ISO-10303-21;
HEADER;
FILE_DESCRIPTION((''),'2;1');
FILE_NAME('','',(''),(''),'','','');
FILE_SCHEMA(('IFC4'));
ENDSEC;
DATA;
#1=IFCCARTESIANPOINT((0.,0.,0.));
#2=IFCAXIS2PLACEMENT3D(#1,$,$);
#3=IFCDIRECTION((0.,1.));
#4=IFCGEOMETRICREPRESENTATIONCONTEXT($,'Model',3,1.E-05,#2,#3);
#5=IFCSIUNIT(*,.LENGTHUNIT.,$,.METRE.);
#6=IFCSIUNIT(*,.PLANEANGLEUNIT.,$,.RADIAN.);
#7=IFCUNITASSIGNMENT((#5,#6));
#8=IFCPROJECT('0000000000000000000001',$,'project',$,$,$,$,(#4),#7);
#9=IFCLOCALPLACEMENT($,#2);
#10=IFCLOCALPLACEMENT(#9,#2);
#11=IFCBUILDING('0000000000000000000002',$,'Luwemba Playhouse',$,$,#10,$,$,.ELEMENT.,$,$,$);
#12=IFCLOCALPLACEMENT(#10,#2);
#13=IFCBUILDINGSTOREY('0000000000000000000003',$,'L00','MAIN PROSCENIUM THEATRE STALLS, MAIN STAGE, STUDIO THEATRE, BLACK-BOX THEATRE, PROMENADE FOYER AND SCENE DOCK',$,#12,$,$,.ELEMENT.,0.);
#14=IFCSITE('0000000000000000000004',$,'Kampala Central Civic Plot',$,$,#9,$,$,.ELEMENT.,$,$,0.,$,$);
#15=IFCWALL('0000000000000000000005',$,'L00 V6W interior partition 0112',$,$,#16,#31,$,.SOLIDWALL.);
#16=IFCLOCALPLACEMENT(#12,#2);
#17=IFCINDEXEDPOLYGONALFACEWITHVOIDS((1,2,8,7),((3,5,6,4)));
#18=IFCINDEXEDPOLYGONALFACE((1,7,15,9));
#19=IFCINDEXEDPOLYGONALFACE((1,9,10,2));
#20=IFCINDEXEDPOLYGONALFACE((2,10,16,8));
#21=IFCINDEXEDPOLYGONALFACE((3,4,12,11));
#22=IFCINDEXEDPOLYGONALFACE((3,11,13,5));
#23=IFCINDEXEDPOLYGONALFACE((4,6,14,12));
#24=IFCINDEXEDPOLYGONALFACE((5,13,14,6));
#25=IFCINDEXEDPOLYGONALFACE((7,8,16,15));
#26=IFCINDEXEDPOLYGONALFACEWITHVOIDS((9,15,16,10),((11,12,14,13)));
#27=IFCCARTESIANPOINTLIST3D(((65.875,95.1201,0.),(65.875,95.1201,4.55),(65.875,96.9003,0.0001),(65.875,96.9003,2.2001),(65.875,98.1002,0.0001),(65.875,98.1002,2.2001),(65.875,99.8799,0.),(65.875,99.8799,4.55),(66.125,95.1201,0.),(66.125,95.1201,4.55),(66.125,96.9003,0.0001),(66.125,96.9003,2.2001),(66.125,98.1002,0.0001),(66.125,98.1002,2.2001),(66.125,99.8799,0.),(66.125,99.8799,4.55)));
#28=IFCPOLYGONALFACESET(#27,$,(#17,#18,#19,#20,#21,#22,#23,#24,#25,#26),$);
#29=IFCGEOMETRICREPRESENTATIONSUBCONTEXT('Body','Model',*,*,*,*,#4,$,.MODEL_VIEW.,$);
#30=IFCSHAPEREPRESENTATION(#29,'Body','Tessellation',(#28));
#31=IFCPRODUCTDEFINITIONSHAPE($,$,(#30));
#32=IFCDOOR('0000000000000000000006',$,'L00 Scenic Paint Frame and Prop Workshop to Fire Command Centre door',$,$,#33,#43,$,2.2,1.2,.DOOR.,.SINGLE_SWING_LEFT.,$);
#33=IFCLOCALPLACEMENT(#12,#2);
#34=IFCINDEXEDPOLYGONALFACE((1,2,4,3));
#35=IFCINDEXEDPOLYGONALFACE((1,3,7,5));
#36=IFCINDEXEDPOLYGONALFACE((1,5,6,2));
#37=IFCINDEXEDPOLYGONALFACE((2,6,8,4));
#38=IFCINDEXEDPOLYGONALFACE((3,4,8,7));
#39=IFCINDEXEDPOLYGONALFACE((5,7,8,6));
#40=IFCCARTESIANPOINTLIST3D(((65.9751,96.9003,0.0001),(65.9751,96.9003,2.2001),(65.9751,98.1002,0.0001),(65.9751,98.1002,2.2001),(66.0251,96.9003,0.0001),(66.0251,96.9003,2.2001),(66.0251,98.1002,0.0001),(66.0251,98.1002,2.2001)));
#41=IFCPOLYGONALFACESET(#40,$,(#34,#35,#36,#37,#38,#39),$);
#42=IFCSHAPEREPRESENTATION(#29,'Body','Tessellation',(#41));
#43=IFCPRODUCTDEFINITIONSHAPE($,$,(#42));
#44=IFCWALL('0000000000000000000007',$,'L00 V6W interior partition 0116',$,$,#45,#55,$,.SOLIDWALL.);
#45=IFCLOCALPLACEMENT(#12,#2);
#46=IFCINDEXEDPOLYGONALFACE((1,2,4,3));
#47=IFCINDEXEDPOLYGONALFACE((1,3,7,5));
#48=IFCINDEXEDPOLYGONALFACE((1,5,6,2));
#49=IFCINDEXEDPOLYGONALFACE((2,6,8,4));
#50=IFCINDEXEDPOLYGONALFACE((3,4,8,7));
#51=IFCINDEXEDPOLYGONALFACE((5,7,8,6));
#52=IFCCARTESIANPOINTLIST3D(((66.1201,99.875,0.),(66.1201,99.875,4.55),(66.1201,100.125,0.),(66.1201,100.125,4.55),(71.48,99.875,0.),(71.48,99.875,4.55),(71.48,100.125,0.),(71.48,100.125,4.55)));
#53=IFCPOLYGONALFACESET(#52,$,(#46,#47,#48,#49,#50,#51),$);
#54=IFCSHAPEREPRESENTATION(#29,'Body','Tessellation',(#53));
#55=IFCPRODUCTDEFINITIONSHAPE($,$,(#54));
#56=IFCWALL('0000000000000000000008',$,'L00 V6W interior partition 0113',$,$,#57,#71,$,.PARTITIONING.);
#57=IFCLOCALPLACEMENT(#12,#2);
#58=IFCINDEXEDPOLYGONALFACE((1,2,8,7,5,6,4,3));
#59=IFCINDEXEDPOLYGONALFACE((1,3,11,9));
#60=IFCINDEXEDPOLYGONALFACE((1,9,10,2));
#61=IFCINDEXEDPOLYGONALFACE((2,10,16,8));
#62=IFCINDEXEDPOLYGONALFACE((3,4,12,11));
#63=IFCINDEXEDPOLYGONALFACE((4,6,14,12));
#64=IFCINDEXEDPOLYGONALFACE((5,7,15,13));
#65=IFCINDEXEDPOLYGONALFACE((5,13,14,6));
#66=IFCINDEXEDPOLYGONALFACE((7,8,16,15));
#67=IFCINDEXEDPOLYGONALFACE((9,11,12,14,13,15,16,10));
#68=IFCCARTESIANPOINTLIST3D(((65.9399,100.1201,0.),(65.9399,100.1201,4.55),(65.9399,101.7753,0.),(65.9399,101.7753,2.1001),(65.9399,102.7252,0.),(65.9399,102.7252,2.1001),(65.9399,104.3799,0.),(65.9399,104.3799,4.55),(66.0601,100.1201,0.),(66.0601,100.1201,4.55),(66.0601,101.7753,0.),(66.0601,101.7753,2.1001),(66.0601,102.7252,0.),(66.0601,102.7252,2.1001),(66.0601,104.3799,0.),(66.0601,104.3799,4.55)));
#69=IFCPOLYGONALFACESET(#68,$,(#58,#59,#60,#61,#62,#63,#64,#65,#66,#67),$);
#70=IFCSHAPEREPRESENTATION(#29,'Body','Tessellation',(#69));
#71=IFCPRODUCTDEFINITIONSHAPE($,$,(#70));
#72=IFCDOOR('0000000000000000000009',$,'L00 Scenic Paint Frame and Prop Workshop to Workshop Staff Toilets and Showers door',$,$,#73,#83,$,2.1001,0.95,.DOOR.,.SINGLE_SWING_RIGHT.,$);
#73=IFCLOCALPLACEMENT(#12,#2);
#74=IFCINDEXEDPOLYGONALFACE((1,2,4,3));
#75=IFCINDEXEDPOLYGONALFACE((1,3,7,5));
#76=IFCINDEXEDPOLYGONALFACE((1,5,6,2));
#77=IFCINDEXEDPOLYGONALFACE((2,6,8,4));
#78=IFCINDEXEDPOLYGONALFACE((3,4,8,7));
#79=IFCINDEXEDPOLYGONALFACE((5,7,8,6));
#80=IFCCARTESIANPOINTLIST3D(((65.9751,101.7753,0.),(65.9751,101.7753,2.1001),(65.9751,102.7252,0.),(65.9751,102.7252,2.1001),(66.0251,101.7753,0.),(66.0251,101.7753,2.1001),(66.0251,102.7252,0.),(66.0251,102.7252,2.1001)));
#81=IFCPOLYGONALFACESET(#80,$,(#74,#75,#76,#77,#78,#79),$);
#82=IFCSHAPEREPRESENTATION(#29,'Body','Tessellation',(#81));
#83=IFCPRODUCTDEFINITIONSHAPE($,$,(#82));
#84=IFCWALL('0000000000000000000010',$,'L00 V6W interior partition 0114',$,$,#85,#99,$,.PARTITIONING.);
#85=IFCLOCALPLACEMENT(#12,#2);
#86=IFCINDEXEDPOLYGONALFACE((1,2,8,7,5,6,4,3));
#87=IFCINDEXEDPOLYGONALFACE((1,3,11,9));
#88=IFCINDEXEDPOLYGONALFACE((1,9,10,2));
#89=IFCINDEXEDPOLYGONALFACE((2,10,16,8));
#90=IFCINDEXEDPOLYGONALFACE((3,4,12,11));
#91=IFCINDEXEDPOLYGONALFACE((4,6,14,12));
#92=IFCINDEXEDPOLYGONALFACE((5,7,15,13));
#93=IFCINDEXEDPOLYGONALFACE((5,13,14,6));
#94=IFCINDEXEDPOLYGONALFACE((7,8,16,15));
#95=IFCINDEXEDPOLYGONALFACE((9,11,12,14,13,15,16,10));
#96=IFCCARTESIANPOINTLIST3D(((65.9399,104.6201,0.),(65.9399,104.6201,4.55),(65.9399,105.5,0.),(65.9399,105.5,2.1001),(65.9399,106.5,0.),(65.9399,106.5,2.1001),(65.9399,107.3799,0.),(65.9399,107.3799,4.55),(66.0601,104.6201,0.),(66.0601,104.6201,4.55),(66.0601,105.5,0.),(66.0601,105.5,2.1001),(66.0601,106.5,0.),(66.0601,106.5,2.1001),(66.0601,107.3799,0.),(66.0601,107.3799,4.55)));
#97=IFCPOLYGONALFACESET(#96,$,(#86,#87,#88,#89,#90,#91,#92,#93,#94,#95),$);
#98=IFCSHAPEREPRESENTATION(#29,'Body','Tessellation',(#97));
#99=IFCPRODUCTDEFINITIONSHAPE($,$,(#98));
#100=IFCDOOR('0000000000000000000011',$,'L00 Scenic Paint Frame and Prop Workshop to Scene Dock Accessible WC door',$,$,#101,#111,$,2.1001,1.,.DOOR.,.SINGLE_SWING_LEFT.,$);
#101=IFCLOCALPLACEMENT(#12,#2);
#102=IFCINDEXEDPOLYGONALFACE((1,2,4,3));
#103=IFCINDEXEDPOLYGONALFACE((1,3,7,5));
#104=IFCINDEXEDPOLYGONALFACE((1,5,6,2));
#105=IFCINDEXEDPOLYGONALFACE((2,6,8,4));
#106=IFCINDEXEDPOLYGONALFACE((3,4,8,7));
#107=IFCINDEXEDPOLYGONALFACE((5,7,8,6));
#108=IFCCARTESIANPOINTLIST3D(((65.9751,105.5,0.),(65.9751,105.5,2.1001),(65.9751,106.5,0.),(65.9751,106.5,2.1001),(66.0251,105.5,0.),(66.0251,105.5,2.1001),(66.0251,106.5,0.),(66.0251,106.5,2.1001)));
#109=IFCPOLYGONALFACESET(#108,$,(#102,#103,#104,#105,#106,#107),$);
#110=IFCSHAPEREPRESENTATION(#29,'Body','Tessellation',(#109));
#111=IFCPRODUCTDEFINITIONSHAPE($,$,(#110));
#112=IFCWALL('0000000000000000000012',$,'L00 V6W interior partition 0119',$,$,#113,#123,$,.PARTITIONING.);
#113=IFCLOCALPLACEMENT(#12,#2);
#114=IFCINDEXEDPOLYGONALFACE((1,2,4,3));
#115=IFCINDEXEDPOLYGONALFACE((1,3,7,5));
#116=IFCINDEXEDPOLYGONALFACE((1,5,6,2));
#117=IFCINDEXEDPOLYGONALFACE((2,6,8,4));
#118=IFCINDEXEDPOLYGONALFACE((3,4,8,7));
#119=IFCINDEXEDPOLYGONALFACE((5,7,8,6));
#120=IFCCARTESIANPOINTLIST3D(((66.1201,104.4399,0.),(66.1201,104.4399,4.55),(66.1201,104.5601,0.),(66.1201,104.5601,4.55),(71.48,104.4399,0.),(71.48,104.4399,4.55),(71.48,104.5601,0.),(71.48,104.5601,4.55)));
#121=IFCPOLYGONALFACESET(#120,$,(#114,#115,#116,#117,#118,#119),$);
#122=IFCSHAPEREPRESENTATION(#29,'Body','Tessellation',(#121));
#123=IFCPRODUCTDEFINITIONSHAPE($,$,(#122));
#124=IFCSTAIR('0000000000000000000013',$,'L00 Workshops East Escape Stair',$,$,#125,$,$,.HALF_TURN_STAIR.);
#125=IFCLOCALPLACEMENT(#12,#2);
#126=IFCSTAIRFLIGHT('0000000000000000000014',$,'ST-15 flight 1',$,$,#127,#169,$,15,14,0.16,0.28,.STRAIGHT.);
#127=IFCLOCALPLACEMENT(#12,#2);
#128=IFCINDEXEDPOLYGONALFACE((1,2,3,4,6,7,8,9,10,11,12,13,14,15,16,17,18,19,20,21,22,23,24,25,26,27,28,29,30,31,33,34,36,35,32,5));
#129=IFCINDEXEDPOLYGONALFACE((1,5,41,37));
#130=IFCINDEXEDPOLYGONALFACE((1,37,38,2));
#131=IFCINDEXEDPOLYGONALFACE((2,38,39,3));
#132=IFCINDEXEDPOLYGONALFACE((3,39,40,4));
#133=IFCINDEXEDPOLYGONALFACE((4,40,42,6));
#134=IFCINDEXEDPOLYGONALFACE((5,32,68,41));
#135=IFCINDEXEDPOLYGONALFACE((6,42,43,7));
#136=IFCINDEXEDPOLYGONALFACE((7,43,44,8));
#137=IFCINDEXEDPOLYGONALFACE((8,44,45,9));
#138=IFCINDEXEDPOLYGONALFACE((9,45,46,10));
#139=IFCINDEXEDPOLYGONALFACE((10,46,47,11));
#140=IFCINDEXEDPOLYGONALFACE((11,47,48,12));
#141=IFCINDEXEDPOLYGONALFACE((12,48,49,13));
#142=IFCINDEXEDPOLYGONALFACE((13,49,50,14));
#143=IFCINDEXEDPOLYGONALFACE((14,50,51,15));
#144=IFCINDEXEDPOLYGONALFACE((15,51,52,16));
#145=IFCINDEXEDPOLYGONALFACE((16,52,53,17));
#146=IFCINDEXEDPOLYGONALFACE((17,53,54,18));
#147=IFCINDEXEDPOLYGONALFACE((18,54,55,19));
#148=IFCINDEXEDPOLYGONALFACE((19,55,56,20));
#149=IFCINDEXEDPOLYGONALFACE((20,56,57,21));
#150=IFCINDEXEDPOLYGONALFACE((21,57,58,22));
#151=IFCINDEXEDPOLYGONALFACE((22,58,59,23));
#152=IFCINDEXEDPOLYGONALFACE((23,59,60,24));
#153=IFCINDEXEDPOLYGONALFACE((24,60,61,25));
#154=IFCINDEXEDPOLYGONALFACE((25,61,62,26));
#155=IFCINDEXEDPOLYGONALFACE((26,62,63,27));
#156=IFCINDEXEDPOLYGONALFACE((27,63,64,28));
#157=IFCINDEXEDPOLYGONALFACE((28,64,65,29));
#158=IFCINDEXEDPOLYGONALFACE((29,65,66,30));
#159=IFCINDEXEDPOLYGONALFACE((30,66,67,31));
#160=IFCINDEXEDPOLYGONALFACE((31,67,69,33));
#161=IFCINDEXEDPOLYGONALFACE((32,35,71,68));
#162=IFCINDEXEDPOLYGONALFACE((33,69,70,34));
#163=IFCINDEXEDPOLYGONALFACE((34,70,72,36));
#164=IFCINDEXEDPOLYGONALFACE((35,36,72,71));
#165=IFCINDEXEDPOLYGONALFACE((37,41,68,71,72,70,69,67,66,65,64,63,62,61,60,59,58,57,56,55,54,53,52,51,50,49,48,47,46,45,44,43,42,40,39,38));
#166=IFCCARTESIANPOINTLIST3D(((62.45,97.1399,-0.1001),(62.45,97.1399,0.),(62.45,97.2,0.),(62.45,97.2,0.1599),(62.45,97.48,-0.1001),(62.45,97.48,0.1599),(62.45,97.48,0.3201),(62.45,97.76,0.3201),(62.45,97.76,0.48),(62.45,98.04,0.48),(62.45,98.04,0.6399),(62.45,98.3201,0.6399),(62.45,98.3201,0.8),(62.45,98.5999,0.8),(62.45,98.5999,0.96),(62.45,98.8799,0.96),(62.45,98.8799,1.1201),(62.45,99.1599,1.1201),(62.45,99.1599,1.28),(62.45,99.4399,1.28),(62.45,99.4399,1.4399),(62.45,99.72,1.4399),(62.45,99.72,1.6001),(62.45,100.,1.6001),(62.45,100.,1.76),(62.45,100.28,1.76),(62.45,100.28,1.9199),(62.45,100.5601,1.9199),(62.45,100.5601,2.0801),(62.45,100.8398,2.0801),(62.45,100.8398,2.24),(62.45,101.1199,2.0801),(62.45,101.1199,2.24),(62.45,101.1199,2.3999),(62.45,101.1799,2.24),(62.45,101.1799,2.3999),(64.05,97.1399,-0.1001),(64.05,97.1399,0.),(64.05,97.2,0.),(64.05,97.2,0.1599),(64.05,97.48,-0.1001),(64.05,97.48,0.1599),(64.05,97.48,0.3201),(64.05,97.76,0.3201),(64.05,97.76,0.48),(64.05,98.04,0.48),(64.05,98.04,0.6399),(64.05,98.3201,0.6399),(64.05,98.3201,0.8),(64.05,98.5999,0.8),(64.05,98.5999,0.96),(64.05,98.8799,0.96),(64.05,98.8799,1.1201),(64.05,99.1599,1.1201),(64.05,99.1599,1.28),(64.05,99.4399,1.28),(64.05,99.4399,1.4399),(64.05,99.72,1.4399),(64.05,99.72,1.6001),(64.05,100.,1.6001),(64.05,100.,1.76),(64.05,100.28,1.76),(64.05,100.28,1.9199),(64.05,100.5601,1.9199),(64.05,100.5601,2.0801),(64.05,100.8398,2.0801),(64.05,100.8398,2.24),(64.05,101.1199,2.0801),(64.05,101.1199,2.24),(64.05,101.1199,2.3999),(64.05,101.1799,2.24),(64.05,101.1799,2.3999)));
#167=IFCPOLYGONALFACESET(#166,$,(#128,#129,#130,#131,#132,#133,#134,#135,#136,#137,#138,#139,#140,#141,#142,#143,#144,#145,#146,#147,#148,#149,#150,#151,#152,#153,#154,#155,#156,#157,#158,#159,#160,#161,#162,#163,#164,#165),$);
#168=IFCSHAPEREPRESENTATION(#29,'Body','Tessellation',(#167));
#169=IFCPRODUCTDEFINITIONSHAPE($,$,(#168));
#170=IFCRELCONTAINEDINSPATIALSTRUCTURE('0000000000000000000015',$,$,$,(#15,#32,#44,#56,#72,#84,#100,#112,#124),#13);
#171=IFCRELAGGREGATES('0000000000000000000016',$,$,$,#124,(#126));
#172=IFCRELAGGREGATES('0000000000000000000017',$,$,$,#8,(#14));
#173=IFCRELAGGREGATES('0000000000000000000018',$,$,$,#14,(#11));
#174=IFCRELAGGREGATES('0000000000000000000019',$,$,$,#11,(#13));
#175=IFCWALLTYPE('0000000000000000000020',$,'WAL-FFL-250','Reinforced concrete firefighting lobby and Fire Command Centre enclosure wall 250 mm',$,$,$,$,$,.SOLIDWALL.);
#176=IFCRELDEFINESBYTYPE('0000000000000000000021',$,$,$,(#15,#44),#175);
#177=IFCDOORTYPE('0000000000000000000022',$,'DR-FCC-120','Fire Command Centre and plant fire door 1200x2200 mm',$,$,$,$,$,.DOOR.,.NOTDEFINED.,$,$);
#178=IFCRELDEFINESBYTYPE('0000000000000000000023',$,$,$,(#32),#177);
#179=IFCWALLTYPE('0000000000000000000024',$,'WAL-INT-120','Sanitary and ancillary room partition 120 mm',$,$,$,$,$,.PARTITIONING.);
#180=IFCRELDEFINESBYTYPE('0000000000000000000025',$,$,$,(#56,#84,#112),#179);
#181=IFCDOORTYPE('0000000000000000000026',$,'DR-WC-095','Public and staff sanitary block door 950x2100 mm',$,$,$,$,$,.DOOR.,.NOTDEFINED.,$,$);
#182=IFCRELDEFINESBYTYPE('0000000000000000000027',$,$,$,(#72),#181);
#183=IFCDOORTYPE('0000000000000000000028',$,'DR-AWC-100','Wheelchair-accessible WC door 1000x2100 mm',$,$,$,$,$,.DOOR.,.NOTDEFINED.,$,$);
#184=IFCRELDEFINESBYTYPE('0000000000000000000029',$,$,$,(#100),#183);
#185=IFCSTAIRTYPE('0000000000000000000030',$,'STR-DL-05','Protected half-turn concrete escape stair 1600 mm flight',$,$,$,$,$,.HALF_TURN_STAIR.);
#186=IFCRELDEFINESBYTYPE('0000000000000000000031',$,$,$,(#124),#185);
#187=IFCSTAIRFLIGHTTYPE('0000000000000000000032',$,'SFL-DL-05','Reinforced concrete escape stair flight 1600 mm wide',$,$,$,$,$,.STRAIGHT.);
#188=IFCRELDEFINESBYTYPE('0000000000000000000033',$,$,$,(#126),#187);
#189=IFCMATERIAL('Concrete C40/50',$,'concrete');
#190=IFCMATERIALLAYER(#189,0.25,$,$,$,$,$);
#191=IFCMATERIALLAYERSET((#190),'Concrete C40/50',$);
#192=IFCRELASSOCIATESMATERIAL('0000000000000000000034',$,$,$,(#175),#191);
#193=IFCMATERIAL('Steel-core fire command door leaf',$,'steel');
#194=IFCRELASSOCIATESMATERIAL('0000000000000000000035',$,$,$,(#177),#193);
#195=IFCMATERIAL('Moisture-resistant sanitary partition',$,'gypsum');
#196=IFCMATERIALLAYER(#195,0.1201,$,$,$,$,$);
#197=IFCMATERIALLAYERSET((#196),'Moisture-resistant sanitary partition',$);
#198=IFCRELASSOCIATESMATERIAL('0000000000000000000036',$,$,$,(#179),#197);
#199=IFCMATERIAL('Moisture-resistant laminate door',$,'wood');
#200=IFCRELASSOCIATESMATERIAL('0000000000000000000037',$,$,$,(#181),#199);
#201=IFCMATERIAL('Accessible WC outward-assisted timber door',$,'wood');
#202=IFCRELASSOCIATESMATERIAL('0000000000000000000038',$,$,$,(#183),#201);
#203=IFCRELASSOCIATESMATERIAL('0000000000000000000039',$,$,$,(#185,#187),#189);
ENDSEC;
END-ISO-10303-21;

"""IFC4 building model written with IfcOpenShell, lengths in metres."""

from ifc_helpers import new_model, si_unit, direction, frame, frame_2d, origin, place, context, subcontext, project, spatial, polyline, rectangle, outline, extrude, material, layer, layer_set, type_object, element, fill, aggregate, save


model = new_model("IFC4")

# Units and contexts
model_context = context("Model", 3, precision=1e-05, world=origin(), true_north=direction((0.0, 1.0)))
body_context = subcontext(model_context, "Body", "Model", "MODEL_VIEW")
ifc_project = project(units=[si_unit("LENGTHUNIT", "METRE"), si_unit("PLANEANGLEUNIT", "RADIAN")], contexts=[model_context])

# Site, building, storey
site_placement = place(None, origin())
site = spatial("IfcSite", under=ifc_project, at=site_placement, Name="Kampala Central Civic Plot", CompositionType="ELEMENT", RefElevation=0.0)
building_placement = place(site_placement, origin())
building = spatial("IfcBuilding", under=site, at=building_placement, Name="Luwemba Playhouse", CompositionType="ELEMENT")
storey_placement = place(building_placement, origin())
storey = spatial("IfcBuildingStorey", under=building, at=storey_placement, Name="L00", Description="MAIN PROSCENIUM THEATRE STALLS, MAIN STAGE, STUDIO THEATRE, BLACK-BOX THEATRE, PROMENADE FOYER AND SCENE DOCK", CompositionType="ELEMENT", Elevation=0.0)

# Shared definitions
ifc_material_1 = material(Name="Concrete C40/50", Category="concrete")

# Wall, opening, door
ifc_layer_1 = layer(ifc_material_1, 0.25)
ifc_layer_set_1 = layer_set([ifc_layer_1], Name="Concrete C40/50")
wall_type_1 = type_object("IfcWallType", Name="WAL-FFL-250", Description="Reinforced concrete firefighting lobby and Fire Command Centre enclosure wall 250 mm", PredefinedType="SOLIDWALL", material=ifc_layer_set_1)
wall_1_placement = place(storey_placement, frame((66.0, 95.1201, 0.0), z_axis=(0.0, 0.0, 1.0), x_axis=(0.0, 1.0, 0.0)))
wall_1 = element("IfcWall", 1, at=wall_1_placement, inside=storey, type_object=wall_type_1, Name="L00 V6W interior partition 0112", PredefinedType="SOLIDWALL", context=body_context, shape_type="SweptSolid", body=[
    extrude(rectangle(XDim=4.7598, YDim=0.25, at=frame_2d((2.3799, 0.0))), origin(), (0.0, 0.0, 1.0), 4.55),
])
opening_1_placement = place(wall_1_placement, frame((1.78, 0.0, 0.0)))
opening_1 = element("IfcOpeningElement", 2, at=opening_1_placement, cuts=wall_1, PredefinedType="OPENING", context=body_context, shape_type="SweptSolid", body=[
    extrude(rectangle(XDim=1.2, YDim=2.2, at=frame_2d((0.6001, 1.1001))), frame((0.0, 0.135, 0.0), z_axis=(0.0, -1.0, 0.0), x_axis=(1.0, 0.0, 0.0)), (0.0, 0.0, 1.0), 0.27),
])
ifc_material_2 = material(Name="Steel-core fire command door leaf", Category="steel")
door_type_1 = type_object("IfcDoorType", Name="DR-FCC-120", Description="Fire Command Centre and plant fire door 1200x2200 mm", OperationType="NOTDEFINED", PredefinedType="DOOR", material=ifc_material_2)
door_1_placement = place(opening_1_placement, origin())
door_1 = element("IfcDoor", 3, at=door_1_placement, inside=storey, type_object=door_type_1, Name="L00 Scenic Paint Frame and Prop Workshop to Fire Command Centre door", OperationType="SINGLE_SWING_LEFT", OverallHeight=2.2, OverallWidth=1.2, PredefinedType="DOOR", context=body_context, shape_type="SweptSolid", body=[
    extrude(rectangle(XDim=1.2, YDim=2.2, at=frame_2d((0.6001, 1.1001))), frame((0.0, 0.0249, 0.0), z_axis=(0.0, -1.0, 0.0), x_axis=(1.0, 0.0, 0.0)), (0.0, 0.0, 1.0), 0.05),
])
fill(opening_1, door_1)

# Wall
wall_2_placement = place(storey_placement, frame((66.1201, 100.0, 0.0), z_axis=(0.0, 0.0, 1.0), x_axis=(1.0, 0.0, 0.0)))
element("IfcWall", 4, at=wall_2_placement, inside=storey, type_object=wall_type_1, Name="L00 V6W interior partition 0116", PredefinedType="SOLIDWALL", context=body_context, shape_type="SweptSolid", body=[
    extrude(rectangle(XDim=5.3599, YDim=0.25, at=frame_2d((2.6799, 0.0))), origin(), (0.0, 0.0, 1.0), 4.55),
])

# Walls, openings, doors
ifc_material_3 = material(Name="Moisture-resistant sanitary partition", Category="gypsum")
ifc_layer_2 = layer(ifc_material_3, 0.1201)
ifc_layer_set_2 = layer_set([ifc_layer_2], Name="Moisture-resistant sanitary partition")
wall_type_2 = type_object("IfcWallType", Name="WAL-INT-120", Description="Sanitary and ancillary room partition 120 mm", PredefinedType="PARTITIONING", material=ifc_layer_set_2)
wall_3_placement = place(storey_placement, frame((66.0, 100.1201, 0.0), z_axis=(0.0, 0.0, 1.0), x_axis=(0.0, 1.0, 0.0)))
wall_3 = element("IfcWall", 5, at=wall_3_placement, inside=storey, type_object=wall_type_2, Name="L00 V6W interior partition 0113", PredefinedType="PARTITIONING", context=body_context, shape_type="SweptSolid", body=[
    extrude(rectangle(XDim=4.2598, YDim=0.1201, at=frame_2d((2.1299, 0.0))), origin(), (0.0, 0.0, 1.0), 4.55),
])
opening_2_placement = place(wall_3_placement, frame((1.655, 0.0, 0.0)))
opening_2 = element("IfcOpeningElement", 6, at=opening_2_placement, cuts=wall_3, PredefinedType="OPENING", context=body_context, shape_type="SweptSolid", body=[
    extrude(rectangle(XDim=0.95, YDim=2.1001, at=frame_2d((0.4751, 1.05))), frame((0.0, 0.0701, 0.0), z_axis=(0.0, -1.0, 0.0), x_axis=(1.0, 0.0, 0.0)), (0.0, 0.0, 1.0), 0.1401),
])
ifc_material_4 = material(Name="Moisture-resistant laminate door", Category="wood")
door_type_2 = type_object("IfcDoorType", Name="DR-WC-095", Description="Public and staff sanitary block door 950x2100 mm", OperationType="NOTDEFINED", PredefinedType="DOOR", material=ifc_material_4)
door_2_placement = place(opening_2_placement, origin())
door_2 = element("IfcDoor", 7, at=door_2_placement, inside=storey, type_object=door_type_2, Name="L00 Scenic Paint Frame and Prop Workshop to Workshop Staff Toilets and Showers door", OperationType="SINGLE_SWING_RIGHT", OverallHeight=2.1001, OverallWidth=0.95, PredefinedType="DOOR", context=body_context, shape_type="SweptSolid", body=[
    extrude(rectangle(XDim=0.95, YDim=2.1001, at=frame_2d((0.4751, 1.05))), frame((0.0, 0.0249, 0.0), z_axis=(0.0, -1.0, 0.0), x_axis=(1.0, 0.0, 0.0)), (0.0, 0.0, 1.0), 0.05),
])
fill(opening_2, door_2)
wall_4_placement = place(storey_placement, frame((66.0, 104.6201, 0.0), z_axis=(0.0, 0.0, 1.0), x_axis=(0.0, 1.0, 0.0)))
wall_4 = element("IfcWall", 8, at=wall_4_placement, inside=storey, type_object=wall_type_2, Name="L00 V6W interior partition 0114", PredefinedType="PARTITIONING", context=body_context, shape_type="SweptSolid", body=[
    extrude(rectangle(XDim=2.7598, YDim=0.1201, at=frame_2d((1.3799, 0.0))), origin(), (0.0, 0.0, 1.0), 4.55),
])
opening_3_placement = place(wall_4_placement, frame((0.8799, 0.0, 0.0)))
opening_3 = element("IfcOpeningElement", 9, at=opening_3_placement, cuts=wall_4, PredefinedType="OPENING", context=body_context, shape_type="SweptSolid", body=[
    extrude(rectangle(XDim=1.0, YDim=2.1001, at=frame_2d((0.5, 1.05))), frame((0.0, 0.0701, 0.0), z_axis=(0.0, -1.0, 0.0), x_axis=(1.0, 0.0, 0.0)), (0.0, 0.0, 1.0), 0.1401),
])
ifc_material_5 = material(Name="Accessible WC outward-assisted timber door", Category="wood")
door_type_3 = type_object("IfcDoorType", Name="DR-AWC-100", Description="Wheelchair-accessible WC door 1000x2100 mm", OperationType="NOTDEFINED", PredefinedType="DOOR", material=ifc_material_5)
door_3_placement = place(opening_3_placement, origin())
door_3 = element("IfcDoor", 10, at=door_3_placement, inside=storey, type_object=door_type_3, Name="L00 Scenic Paint Frame and Prop Workshop to Scene Dock Accessible WC door", OperationType="SINGLE_SWING_LEFT", OverallHeight=2.1001, OverallWidth=1.0, PredefinedType="DOOR", context=body_context, shape_type="SweptSolid", body=[
    extrude(rectangle(XDim=1.0, YDim=2.1001, at=frame_2d((0.5, 1.05))), frame((0.0, 0.0249, 0.0), z_axis=(0.0, -1.0, 0.0), x_axis=(1.0, 0.0, 0.0)), (0.0, 0.0, 1.0), 0.05),
])
fill(opening_3, door_3)

# Wall
wall_5_placement = place(storey_placement, frame((66.1201, 104.5, 0.0), z_axis=(0.0, 0.0, 1.0), x_axis=(1.0, 0.0, 0.0)))
element("IfcWall", 11, at=wall_5_placement, inside=storey, type_object=wall_type_2, Name="L00 V6W interior partition 0119", PredefinedType="PARTITIONING", context=body_context, shape_type="SweptSolid", body=[
    extrude(rectangle(XDim=5.3599, YDim=0.1201, at=frame_2d((2.6799, 0.0))), origin(), (0.0, 0.0, 1.0), 4.55),
])

# Stair, stair flight
stair_type = type_object("IfcStairType", Name="STR-DL-05", Description="Protected half-turn concrete escape stair 1600 mm flight", PredefinedType="HALF_TURN_STAIR", material=ifc_material_1)
stair_placement = place(storey_placement, origin())
stair = element("IfcStair", 12, at=stair_placement, inside=storey, type_object=stair_type, Name="L00 Workshops East Escape Stair", PredefinedType="HALF_TURN_STAIR")
stair_flight_type = type_object("IfcStairFlightType", Name="SFL-DL-05", Description="Reinforced concrete escape stair flight 1600 mm wide", PredefinedType="STRAIGHT", material=ifc_material_1)
stair_flight_1_placement = place(storey_placement, frame((63.25, 97.2, 0.0), z_axis=(0.0, 0.0, 1.0), x_axis=(0.0, 1.0, 0.0)))
stair_flight_1 = element("IfcStairFlight", 13, at=stair_flight_1_placement, type_object=stair_flight_type, Name="ST-15 flight 1", NumberOfRisers=15, NumberOfTreads=14, PredefinedType="STRAIGHT", RiserHeight=0.16, TreadLength=0.28, context=body_context, shape_type="SweptSolid", body=[
    extrude(outline(polyline([(-0.0601, -0.1001), (-0.0601, 0.0), (0.0, 0.0), (0.0, 0.1599), (0.28, 0.1599), (0.28, 0.3201), (0.5601, 0.3201), (0.5601, 0.48), (0.8401, 0.48), (0.8401, 0.6399), (1.1201, 0.6399), (1.1201, 0.8), (1.3999, 0.8), (1.3999, 0.96), (1.6799, 0.96), (1.6799, 1.1201), (1.96, 1.1201), (1.96, 1.28), (2.24, 1.28), (2.24, 1.4399), (2.52, 1.4399), (2.52, 1.6001), (2.8, 1.6001), (2.8, 1.76), (3.0801, 1.76), (3.0801, 1.9199), (3.3601, 1.9199), (3.3601, 2.0801), (3.6399, 2.0801), (3.6399, 2.24), (3.9199, 2.24), (3.9199, 2.3999), (3.98, 2.3999), (3.98, 2.24), (3.9199, 2.0801), (0.28, -0.1001), (-0.0601, -0.1001)])), frame((0.0, 0.8, 0.0), z_axis=(0.0, -1.0, 0.0), x_axis=(1.0, 0.0, 0.0)), (0.0, 0.0, 1.0), 1.6001),
])
aggregate(stair, [stair_flight_1])

save(model, "model.ifc")
